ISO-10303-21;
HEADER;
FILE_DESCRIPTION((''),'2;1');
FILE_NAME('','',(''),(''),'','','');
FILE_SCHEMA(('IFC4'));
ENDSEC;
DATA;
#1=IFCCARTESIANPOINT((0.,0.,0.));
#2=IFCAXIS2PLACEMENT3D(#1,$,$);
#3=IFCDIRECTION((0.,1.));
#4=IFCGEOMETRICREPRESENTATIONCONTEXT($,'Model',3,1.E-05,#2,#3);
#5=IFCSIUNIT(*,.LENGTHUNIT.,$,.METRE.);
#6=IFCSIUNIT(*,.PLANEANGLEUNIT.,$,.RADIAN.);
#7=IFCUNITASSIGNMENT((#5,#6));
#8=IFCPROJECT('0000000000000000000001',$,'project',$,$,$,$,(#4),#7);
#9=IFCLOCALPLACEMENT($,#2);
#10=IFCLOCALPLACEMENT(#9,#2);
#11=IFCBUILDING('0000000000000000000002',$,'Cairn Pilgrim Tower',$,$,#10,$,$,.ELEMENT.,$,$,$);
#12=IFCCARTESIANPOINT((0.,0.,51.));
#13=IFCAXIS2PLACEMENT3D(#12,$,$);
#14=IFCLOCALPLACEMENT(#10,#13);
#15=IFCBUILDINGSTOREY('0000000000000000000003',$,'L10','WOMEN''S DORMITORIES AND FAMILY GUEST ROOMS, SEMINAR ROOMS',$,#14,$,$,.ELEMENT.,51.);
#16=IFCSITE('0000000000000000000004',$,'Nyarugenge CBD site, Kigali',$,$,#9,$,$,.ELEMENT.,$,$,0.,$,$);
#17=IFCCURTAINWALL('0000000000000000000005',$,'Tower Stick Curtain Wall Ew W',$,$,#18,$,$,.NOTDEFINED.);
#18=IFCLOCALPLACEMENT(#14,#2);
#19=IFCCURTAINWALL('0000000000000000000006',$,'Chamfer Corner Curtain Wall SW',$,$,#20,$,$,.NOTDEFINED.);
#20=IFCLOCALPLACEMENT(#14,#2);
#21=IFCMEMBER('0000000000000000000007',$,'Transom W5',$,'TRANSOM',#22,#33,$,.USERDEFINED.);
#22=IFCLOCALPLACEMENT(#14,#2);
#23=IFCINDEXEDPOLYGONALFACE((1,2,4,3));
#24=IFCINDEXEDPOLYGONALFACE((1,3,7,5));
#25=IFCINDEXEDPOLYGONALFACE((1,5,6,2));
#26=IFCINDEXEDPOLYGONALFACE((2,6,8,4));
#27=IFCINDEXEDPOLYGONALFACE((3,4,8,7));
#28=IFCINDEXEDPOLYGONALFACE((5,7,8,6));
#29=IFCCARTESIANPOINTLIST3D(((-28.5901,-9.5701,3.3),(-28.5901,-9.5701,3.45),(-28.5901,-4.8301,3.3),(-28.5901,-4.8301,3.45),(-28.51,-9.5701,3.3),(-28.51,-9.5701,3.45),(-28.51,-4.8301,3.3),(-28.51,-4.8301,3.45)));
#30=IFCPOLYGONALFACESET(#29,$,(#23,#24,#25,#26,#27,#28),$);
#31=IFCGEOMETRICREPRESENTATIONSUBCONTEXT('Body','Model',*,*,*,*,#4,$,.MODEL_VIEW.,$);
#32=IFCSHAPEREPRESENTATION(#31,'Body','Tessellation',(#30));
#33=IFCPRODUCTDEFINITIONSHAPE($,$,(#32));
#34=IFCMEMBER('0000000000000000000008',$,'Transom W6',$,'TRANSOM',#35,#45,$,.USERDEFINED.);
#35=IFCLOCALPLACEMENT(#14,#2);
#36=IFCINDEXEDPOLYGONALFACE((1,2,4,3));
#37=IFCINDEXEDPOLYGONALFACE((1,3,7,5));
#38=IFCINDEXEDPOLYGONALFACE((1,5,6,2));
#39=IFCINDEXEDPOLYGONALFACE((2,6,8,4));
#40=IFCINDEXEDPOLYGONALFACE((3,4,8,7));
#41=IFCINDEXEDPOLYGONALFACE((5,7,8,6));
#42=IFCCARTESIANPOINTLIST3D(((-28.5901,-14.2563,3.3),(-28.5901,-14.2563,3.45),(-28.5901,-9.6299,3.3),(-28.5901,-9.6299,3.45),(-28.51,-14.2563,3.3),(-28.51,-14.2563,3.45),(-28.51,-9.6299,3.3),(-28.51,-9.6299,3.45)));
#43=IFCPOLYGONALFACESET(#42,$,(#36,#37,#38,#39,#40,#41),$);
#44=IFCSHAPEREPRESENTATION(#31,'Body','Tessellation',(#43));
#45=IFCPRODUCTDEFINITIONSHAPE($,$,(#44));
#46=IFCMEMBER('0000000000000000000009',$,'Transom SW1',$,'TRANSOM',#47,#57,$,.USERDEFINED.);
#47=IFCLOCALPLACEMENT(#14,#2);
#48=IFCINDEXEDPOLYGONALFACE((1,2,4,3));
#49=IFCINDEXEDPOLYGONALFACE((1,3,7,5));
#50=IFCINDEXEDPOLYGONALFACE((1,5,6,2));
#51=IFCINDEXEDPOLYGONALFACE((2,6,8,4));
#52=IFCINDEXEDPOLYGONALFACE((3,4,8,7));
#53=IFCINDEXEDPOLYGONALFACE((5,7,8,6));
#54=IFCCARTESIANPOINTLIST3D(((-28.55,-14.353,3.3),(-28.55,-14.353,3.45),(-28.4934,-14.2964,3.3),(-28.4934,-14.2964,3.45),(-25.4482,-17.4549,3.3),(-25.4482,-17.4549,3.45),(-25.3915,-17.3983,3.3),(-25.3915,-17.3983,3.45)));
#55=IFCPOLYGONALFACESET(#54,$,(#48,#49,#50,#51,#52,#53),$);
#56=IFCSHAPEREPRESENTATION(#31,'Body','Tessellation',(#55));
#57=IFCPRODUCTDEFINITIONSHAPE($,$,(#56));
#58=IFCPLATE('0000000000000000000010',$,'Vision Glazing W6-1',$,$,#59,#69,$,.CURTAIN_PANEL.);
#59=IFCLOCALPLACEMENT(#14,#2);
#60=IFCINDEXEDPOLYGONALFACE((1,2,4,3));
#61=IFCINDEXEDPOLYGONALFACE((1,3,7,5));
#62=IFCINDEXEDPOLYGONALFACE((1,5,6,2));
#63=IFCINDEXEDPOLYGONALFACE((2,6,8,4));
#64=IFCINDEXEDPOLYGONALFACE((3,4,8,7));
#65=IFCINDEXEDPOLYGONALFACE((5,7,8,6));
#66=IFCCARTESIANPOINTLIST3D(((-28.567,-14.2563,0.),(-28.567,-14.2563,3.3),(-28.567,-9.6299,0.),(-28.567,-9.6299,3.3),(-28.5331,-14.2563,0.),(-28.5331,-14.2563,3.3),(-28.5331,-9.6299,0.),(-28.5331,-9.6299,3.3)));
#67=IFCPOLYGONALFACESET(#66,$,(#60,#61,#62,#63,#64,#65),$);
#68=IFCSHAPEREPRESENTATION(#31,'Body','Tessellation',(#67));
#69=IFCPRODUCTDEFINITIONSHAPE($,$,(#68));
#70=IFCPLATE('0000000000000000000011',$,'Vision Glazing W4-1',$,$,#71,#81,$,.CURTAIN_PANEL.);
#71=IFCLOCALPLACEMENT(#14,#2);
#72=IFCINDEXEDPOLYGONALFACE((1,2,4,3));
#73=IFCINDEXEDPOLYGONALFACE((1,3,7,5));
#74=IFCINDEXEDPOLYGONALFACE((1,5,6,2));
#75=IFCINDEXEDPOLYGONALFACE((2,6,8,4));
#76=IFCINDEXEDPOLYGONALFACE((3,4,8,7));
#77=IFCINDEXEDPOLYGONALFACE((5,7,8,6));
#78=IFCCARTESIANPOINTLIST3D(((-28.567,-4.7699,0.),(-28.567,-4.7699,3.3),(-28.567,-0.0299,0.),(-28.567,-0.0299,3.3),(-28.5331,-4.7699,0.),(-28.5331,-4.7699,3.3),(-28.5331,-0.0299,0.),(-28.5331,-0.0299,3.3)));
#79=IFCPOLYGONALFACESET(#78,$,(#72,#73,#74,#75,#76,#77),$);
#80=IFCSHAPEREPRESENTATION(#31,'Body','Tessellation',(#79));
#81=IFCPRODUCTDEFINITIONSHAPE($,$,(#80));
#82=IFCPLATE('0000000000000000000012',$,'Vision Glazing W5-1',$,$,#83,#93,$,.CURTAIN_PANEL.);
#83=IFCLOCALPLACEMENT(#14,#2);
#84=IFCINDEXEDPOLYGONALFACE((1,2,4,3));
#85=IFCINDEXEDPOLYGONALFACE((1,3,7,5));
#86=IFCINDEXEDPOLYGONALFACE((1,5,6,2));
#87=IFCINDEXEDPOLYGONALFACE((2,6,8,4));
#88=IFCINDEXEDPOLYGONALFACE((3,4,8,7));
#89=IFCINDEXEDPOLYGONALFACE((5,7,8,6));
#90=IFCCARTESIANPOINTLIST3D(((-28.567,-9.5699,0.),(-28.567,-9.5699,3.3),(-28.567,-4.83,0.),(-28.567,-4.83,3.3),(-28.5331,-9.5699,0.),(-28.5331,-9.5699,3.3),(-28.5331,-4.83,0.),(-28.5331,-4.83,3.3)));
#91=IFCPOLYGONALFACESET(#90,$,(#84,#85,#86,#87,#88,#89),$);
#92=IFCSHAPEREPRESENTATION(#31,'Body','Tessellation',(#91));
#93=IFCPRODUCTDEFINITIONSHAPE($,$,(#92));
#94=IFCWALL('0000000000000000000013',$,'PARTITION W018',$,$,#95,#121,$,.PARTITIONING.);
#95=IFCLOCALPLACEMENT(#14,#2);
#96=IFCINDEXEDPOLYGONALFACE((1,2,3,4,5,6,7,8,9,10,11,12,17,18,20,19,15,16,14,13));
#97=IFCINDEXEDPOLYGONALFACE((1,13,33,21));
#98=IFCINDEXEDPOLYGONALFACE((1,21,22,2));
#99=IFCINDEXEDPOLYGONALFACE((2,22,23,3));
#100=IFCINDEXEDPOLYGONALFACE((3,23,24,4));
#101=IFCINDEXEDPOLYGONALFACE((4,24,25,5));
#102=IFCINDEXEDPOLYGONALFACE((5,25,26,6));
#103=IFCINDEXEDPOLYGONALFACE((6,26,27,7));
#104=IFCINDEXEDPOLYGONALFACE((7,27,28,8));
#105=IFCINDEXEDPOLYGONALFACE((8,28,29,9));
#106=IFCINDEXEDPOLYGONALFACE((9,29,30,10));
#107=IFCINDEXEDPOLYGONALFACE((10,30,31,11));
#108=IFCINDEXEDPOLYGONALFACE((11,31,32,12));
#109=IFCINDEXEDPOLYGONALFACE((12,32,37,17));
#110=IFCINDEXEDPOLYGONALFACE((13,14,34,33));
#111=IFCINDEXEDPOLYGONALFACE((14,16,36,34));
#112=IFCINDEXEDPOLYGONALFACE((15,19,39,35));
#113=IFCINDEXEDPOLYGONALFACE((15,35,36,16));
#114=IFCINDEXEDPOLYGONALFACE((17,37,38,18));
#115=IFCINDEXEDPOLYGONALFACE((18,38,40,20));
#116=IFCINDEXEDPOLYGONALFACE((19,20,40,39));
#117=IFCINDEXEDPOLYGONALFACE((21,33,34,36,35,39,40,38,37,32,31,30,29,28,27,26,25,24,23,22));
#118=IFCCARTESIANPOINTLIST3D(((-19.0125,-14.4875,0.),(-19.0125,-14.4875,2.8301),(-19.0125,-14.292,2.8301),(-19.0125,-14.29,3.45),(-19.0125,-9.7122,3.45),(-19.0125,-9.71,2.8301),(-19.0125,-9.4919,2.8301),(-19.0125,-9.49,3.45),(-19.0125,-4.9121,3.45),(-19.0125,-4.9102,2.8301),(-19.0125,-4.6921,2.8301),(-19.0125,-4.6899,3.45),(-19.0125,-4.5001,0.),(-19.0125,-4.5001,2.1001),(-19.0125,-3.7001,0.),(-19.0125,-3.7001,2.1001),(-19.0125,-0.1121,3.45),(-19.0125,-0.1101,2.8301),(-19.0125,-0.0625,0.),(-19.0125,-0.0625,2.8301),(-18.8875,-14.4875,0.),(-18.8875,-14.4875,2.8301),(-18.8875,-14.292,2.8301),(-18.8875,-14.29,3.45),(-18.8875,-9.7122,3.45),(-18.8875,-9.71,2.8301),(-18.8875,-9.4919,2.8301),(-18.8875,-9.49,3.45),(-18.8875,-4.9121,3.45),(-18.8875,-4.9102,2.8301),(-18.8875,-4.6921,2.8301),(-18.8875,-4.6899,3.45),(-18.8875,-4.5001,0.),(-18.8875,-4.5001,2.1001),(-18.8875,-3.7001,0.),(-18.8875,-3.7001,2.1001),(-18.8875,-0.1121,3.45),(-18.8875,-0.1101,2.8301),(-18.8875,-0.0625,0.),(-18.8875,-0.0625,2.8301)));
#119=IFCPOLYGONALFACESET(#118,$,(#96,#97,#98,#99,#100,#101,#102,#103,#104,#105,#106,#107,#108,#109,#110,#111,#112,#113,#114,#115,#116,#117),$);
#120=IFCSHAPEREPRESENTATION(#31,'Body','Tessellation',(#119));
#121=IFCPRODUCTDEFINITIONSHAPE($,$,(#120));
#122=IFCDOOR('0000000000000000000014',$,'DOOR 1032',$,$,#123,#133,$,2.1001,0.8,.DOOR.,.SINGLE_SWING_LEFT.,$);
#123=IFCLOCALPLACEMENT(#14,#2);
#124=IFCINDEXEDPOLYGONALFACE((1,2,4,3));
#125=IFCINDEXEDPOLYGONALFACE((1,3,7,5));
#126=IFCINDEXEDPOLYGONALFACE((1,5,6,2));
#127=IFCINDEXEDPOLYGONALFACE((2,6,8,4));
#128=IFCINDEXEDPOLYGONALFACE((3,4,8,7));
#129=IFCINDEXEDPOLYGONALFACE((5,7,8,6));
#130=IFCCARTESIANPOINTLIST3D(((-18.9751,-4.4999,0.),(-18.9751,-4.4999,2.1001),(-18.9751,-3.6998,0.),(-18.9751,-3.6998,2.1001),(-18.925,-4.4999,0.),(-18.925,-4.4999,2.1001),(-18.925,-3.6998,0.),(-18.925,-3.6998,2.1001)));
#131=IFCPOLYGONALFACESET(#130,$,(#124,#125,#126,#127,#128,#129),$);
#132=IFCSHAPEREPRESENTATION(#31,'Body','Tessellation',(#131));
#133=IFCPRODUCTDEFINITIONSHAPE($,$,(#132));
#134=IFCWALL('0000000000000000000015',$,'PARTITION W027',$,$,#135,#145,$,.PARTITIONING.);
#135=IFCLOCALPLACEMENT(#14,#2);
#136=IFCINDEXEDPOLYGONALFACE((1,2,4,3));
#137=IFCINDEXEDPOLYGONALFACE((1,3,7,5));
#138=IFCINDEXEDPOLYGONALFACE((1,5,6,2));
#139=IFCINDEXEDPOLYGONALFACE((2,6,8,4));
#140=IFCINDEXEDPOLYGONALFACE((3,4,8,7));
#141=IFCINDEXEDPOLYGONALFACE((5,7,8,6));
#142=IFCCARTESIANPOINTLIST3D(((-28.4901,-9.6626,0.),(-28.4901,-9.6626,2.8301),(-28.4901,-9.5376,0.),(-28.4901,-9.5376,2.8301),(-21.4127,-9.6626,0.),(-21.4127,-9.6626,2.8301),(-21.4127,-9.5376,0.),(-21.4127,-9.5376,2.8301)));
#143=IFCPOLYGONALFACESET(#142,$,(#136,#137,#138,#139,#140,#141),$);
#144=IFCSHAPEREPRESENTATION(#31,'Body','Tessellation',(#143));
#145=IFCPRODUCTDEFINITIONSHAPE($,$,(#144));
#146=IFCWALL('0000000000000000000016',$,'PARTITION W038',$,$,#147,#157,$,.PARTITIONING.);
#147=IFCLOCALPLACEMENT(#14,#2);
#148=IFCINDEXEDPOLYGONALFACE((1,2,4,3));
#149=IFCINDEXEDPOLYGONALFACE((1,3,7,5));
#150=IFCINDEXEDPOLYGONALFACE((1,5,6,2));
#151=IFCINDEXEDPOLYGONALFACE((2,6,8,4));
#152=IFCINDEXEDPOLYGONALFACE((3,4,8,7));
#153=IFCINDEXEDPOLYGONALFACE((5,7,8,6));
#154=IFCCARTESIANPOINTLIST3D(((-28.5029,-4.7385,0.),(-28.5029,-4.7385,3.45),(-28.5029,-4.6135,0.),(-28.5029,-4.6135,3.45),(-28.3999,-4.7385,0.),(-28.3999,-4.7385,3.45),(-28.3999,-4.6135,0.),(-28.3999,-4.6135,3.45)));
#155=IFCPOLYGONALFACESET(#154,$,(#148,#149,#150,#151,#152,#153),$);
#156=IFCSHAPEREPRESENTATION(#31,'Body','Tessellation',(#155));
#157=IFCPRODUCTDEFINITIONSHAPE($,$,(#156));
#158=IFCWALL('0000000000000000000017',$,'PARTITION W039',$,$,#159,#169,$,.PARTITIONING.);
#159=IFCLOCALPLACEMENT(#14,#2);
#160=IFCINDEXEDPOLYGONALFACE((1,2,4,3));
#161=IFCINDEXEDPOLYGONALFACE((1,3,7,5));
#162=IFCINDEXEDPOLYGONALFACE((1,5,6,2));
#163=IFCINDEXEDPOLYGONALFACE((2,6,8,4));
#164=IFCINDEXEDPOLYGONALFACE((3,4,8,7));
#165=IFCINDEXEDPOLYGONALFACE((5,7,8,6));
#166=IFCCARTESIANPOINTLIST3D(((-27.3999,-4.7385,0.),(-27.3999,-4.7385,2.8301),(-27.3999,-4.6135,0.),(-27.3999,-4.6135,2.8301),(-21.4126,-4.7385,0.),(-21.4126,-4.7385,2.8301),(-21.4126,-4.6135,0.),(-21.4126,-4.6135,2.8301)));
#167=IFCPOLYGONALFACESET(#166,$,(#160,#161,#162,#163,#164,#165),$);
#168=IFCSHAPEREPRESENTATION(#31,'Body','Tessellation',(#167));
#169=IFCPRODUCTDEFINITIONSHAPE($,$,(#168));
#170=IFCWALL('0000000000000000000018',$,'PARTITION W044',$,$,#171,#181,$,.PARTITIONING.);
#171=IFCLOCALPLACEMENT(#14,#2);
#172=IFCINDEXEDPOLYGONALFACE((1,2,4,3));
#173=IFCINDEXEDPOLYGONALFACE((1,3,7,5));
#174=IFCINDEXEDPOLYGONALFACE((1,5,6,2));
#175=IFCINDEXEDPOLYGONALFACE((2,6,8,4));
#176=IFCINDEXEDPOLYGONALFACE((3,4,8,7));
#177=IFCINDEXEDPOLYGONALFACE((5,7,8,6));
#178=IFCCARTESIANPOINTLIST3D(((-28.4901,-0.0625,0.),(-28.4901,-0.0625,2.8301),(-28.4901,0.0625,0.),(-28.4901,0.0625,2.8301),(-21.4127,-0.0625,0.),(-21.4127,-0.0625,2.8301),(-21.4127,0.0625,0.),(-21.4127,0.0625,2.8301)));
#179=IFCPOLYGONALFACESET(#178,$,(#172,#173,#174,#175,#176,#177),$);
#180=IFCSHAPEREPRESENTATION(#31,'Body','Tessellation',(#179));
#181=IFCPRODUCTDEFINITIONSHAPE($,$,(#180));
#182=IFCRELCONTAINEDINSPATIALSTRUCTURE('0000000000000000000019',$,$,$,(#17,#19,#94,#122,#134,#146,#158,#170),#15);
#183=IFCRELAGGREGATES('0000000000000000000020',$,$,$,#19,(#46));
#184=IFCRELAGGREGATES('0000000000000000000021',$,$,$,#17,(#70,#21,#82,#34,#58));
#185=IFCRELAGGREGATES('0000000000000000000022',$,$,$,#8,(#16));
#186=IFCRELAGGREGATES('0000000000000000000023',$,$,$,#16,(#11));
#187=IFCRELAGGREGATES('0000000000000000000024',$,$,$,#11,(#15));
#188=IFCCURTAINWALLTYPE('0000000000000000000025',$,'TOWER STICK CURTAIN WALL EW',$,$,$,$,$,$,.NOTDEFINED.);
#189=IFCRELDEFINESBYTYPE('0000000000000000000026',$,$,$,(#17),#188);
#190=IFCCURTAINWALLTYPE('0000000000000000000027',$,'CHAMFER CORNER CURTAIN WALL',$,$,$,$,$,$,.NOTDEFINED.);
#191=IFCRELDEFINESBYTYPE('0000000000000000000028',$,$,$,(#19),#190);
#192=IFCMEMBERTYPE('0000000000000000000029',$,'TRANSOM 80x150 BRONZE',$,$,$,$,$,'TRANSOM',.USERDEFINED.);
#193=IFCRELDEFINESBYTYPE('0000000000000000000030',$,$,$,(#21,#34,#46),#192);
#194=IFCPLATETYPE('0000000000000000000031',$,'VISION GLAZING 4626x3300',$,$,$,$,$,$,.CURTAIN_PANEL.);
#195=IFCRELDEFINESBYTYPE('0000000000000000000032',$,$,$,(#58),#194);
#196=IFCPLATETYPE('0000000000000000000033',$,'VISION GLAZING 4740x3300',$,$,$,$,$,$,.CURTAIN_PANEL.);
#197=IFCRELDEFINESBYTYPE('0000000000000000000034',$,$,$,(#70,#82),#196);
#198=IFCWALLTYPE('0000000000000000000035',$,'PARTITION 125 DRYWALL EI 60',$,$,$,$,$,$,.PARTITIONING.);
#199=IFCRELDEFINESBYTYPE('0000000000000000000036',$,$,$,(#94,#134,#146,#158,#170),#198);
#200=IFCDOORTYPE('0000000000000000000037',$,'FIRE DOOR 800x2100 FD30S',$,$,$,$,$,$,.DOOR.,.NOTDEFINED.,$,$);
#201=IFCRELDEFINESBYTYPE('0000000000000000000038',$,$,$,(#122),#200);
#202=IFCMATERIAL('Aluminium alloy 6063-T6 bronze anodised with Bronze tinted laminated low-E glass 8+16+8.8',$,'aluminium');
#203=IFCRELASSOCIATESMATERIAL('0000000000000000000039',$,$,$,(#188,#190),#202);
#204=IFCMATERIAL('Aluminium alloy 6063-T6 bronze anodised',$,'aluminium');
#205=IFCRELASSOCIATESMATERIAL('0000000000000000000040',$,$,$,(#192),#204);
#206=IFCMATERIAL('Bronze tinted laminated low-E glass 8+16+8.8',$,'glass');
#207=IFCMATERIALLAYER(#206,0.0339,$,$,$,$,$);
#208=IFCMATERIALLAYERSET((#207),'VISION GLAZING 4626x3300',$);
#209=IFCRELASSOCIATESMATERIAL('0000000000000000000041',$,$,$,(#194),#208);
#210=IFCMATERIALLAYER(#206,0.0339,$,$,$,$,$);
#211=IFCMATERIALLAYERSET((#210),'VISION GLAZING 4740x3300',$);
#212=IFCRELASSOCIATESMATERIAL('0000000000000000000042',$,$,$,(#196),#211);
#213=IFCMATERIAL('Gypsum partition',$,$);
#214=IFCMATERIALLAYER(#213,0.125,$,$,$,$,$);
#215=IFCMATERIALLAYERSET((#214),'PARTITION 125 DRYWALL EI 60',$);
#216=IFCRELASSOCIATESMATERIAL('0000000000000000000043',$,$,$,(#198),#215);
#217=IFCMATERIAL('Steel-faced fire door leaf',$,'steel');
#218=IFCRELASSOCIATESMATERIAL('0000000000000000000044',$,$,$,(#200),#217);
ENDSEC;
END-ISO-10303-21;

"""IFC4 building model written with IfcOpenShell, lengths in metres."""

from ifc_helpers import new_model, si_unit, direction, frame, frame_2d, origin, origin_2d, place, context, subcontext, project, spatial, polyline, rectangle, outline, extrude, material, layer, layer_set, material_profile, profile_set, type_object, element, fill, aggregate, save


model = new_model("IFC4")

# Units and contexts
model_context = context("Model", 3, precision=1e-05, world=origin(), true_north=direction((0.0, 1.0)))
body_context = subcontext(model_context, "Body", "Model", "MODEL_VIEW")
ifc_project = project(units=[si_unit("LENGTHUNIT", "METRE"), si_unit("PLANEANGLEUNIT", "RADIAN")], contexts=[model_context])

# Site, building, storey
site_placement = place(None, origin())
site = spatial("IfcSite", under=ifc_project, at=site_placement, Name="Nyarugenge CBD site, Kigali", CompositionType="ELEMENT", RefElevation=0.0)
building_placement = place(site_placement, origin())
building = spatial("IfcBuilding", under=site, at=building_placement, Name="Cairn Pilgrim Tower", CompositionType="ELEMENT")
storey_placement = place(building_placement, frame((0.0, 0.0, 51.0)))
storey = spatial("IfcBuildingStorey", under=building, at=storey_placement, Name="L10", Description="WOMEN'S DORMITORIES AND FAMILY GUEST ROOMS, SEMINAR ROOMS", CompositionType="ELEMENT", Elevation=51.0)

# Curtain wall
ifc_material_1 = material(Name="Aluminium alloy 6063-T6 bronze anodised with Bronze tinted laminated low-E glass 8+16+8.8", Category="aluminium")
curtain_wall_type_1 = type_object("IfcCurtainWallType", Name="TOWER STICK CURTAIN WALL EW", PredefinedType="NOTDEFINED", material=ifc_material_1)
curtain_wall_1_placement = place(storey_placement, origin())
curtain_wall_1 = element("IfcCurtainWall", 1, at=curtain_wall_1_placement, inside=storey, type_object=curtain_wall_type_1, Name="Tower Stick Curtain Wall Ew W", PredefinedType="NOTDEFINED")
ifc_material_2 = material(Name="Aluminium alloy 6063-T6 bronze anodised", Category="aluminium")

# Curtain wall
curtain_wall_type_2 = type_object("IfcCurtainWallType", Name="CHAMFER CORNER CURTAIN WALL", PredefinedType="NOTDEFINED", material=ifc_material_1)
curtain_wall_2_placement = place(storey_placement, origin())
curtain_wall_2 = element("IfcCurtainWall", 2, at=curtain_wall_2_placement, inside=storey, type_object=curtain_wall_type_2, Name="Chamfer Corner Curtain Wall SW", PredefinedType="NOTDEFINED")

# Members
ifc_material_profile_1 = material_profile(ifc_material_2, rectangle(XDim=0.0801, YDim=0.1499, at=origin_2d()), Name="TRANSOM 80x150 BRONZE")
ifc_profile_set_1 = profile_set([ifc_material_profile_1], Name="Aluminium alloy 6063-T6 bronze anodised")
member_type_1 = type_object("IfcMemberType", Name="TRANSOM 80x150 BRONZE", ElementType="TRANSOM", PredefinedType="USERDEFINED", material=ifc_profile_set_1)
member_1_placement = place(storey_placement, frame((-28.55, -4.8301, 3.375), z_axis=(0.0, -1.0, 0.0), x_axis=(1.0, 0.0, 0.0)))
member_1 = element("IfcMember", 3, at=member_1_placement, type_object=member_type_1, Name="Transom W5", ObjectType="TRANSOM", PredefinedType="USERDEFINED", context=body_context, shape_type="SweptSolid", body=[
    extrude(rectangle(XDim=0.0801, YDim=0.1499, at=origin_2d()), origin(), (0.0, 0.0, 1.0), 4.74),
])
member_2_placement = place(storey_placement, frame((-28.55, -9.6299, 3.375), z_axis=(0.0, -1.0, 0.0), x_axis=(1.0, 0.0, 0.0)))
member_2 = element("IfcMember", 4, at=member_2_placement, type_object=member_type_1, Name="Transom W6", ObjectType="TRANSOM", PredefinedType="USERDEFINED", context=body_context, shape_type="SweptSolid", body=[
    extrude(rectangle(XDim=0.0801, YDim=0.1499, at=origin_2d()), origin(), (0.0, 0.0, 1.0), 4.6265),
])
member_3_placement = place(storey_placement, frame((-28.5217, -14.3247, 3.375), z_axis=(0.707107, -0.707107, 0.0), x_axis=(0.707107, 0.707107, 0.0)))
member_3 = element("IfcMember", 5, at=member_3_placement, type_object=member_type_1, Name="Transom SW1", ObjectType="TRANSOM", PredefinedType="USERDEFINED", context=body_context, shape_type="SweptSolid", body=[
    extrude(rectangle(XDim=0.0801, YDim=0.1499, at=origin_2d()), origin(), (0.0, 0.0, 1.0), 4.3867),
])
aggregate(curtain_wall_2, [member_3])

# Plates
ifc_material_3 = material(Name="Bronze tinted laminated low-E glass 8+16+8.8", Category="glass")
ifc_layer_1 = layer(ifc_material_3, 0.0339)
ifc_layer_set_1 = layer_set([ifc_layer_1], Name="VISION GLAZING 4626x3300")
plate_type_1 = type_object("IfcPlateType", Name="VISION GLAZING 4626x3300", PredefinedType="CURTAIN_PANEL", material=ifc_layer_set_1)
plate_1_placement = place(storey_placement, frame((-28.55, -11.9431, 0.0), z_axis=(0.0, 0.0, 1.0), x_axis=(0.0, -1.0, 0.0)))
plate_1 = element("IfcPlate", 6, at=plate_1_placement, type_object=plate_type_1, Name="Vision Glazing W6-1", PredefinedType="CURTAIN_PANEL", context=body_context, shape_type="SweptSolid", body=[
    extrude(rectangle(XDim=4.6265, YDim=0.0339, at=origin_2d()), origin(), (0.0, 0.0, 1.0), 3.3),
])
ifc_layer_2 = layer(ifc_material_3, 0.0339)
ifc_layer_set_2 = layer_set([ifc_layer_2], Name="VISION GLAZING 4740x3300")
plate_type_2 = type_object("IfcPlateType", Name="VISION GLAZING 4740x3300", PredefinedType="CURTAIN_PANEL", material=ifc_layer_set_2)
plate_2_placement = place(storey_placement, frame((-28.55, -2.3999, 0.0), z_axis=(0.0, 0.0, 1.0), x_axis=(0.0, -1.0, 0.0)))
plate_2 = element("IfcPlate", 7, at=plate_2_placement, type_object=plate_type_2, Name="Vision Glazing W4-1", PredefinedType="CURTAIN_PANEL", context=body_context, shape_type="SweptSolid", body=[
    extrude(rectangle(XDim=4.74, YDim=0.0339, at=origin_2d()), origin(), (0.0, 0.0, 1.0), 3.3),
])
plate_3_placement = place(storey_placement, frame((-28.55, -7.2, 0.0), z_axis=(0.0, 0.0, 1.0), x_axis=(0.0, -1.0, 0.0)))
plate_3 = element("IfcPlate", 8, at=plate_3_placement, type_object=plate_type_2, Name="Vision Glazing W5-1", PredefinedType="CURTAIN_PANEL", context=body_context, shape_type="SweptSolid", body=[
    extrude(rectangle(XDim=4.74, YDim=0.0339, at=origin_2d()), origin(), (0.0, 0.0, 1.0), 3.3),
])
aggregate(curtain_wall_1, [plate_2, member_1, plate_3, member_2, plate_1])

# Wall, opening, door
ifc_material_4 = material(Name="Gypsum partition")
ifc_layer_3 = layer(ifc_material_4, 0.125)
ifc_layer_set_3 = layer_set([ifc_layer_3], Name="PARTITION 125 DRYWALL EI 60")
wall_type_1 = type_object("IfcWallType", Name="PARTITION 125 DRYWALL EI 60", PredefinedType="PARTITIONING", material=ifc_layer_set_3)
wall_1_placement = place(storey_placement, frame((-18.95, -14.4875, 0.0), z_axis=(0.0, 0.0, 1.0), x_axis=(0.0, 1.0, 0.0)))
wall_1 = element("IfcWall", 9, at=wall_1_placement, inside=storey, type_object=wall_type_1, Name="PARTITION W018", PredefinedType="PARTITIONING", context=body_context, shape_type="SweptSolid", body=[
    extrude(outline(polyline([(0.0, 0.0), (14.425, 0.0), (14.425, 2.8301), (14.3774, 2.8301), (14.3755, 3.45), (9.7976, 3.45), (9.7954, 2.8301), (9.5774, 2.8301), (9.5754, 3.45), (4.9976, 3.45), (4.9956, 2.8301), (4.7776, 2.8301), (4.7754, 3.45), (0.1975, 3.45), (0.1956, 2.8301), (0.0, 2.8301), (0.0, 0.0)])), frame((0.0, 0.0625, 0.0), z_axis=(0.0, -1.0, 0.0), x_axis=(1.0, 0.0, 0.0)), (0.0, 0.0, 1.0), 0.125),
])
opening_placement = place(wall_1_placement, frame((9.9875, 0.0, 0.0)))
opening = element("IfcOpeningElement", 10, at=opening_placement, cuts=wall_1, PredefinedType="OPENING", context=body_context, shape_type="SweptSolid", body=[
    extrude(rectangle(XDim=0.8, YDim=2.1001, at=frame_2d((0.3999, 1.05))), frame((0.0, 0.0725, 0.0), z_axis=(0.0, -1.0, 0.0), x_axis=(1.0, 0.0, 0.0)), (0.0, 0.0, 1.0), 0.145),
])
ifc_material_5 = material(Name="Steel-faced fire door leaf", Category="steel")
door_type = type_object("IfcDoorType", Name="FIRE DOOR 800x2100 FD30S", OperationType="NOTDEFINED", PredefinedType="DOOR", material=ifc_material_5)
door_placement = place(opening_placement, frame((0.8, 0.0, 0.0), z_axis=(0.0, 0.0, 1.0), x_axis=(-1.0, 0.0, 0.0)))
door = element("IfcDoor", 11, at=door_placement, inside=storey, type_object=door_type, Name="DOOR 1032", OperationType="SINGLE_SWING_LEFT", OverallHeight=2.1001, OverallWidth=0.8, PredefinedType="DOOR", context=body_context, shape_type="SweptSolid", body=[
    extrude(rectangle(XDim=0.8, YDim=2.1001, at=frame_2d((0.3999, 1.05))), frame((0.0, 0.0249, 0.0), z_axis=(0.0, -1.0, 0.0), x_axis=(1.0, 0.0, 0.0)), (0.0, 0.0, 1.0), 0.05),
])
fill(opening, door)

# Walls
wall_2_placement = place(storey_placement, frame((-28.49, -9.6001, 0.0), z_axis=(0.0, 0.0, 1.0), x_axis=(1.0, 0.0, 0.0)))
element("IfcWall", 12, at=wall_2_placement, inside=storey, type_object=wall_type_1, Name="PARTITION W027", PredefinedType="PARTITIONING", context=body_context, shape_type="SweptSolid", body=[
    extrude(rectangle(XDim=7.0774, YDim=0.125, at=frame_2d((3.5386, 0.0))), origin(), (0.0, 0.0, 1.0), 2.8301),
])
wall_3_placement = place(storey_placement, frame((-28.5029, -4.676, 0.0), z_axis=(0.0, 0.0, 1.0), x_axis=(1.0, 0.0, 0.0)))
element("IfcWall", 13, at=wall_3_placement, inside=storey, type_object=wall_type_1, Name="PARTITION W038", PredefinedType="PARTITIONING", context=body_context, shape_type="SweptSolid", body=[
    extrude(rectangle(XDim=0.103, YDim=0.125, at=frame_2d((0.0515, 0.0))), origin(), (0.0, 0.0, 1.0), 3.45),
])
wall_4_placement = place(storey_placement, frame((-27.3999, -4.676, 0.0), z_axis=(0.0, 0.0, 1.0), x_axis=(1.0, 0.0, 0.0)))
element("IfcWall", 14, at=wall_4_placement, inside=storey, type_object=wall_type_1, Name="PARTITION W039", PredefinedType="PARTITIONING", context=body_context, shape_type="SweptSolid", body=[
    extrude(rectangle(XDim=5.9873, YDim=0.125, at=frame_2d((2.9937, 0.0))), origin(), (0.0, 0.0, 1.0), 2.8301),
])
wall_5_placement = place(storey_placement, frame((-28.49, 0.0, 0.0), z_axis=(0.0, 0.0, 1.0), x_axis=(1.0, 0.0, 0.0)))
element("IfcWall", 15, at=wall_5_placement, inside=storey, type_object=wall_type_1, Name="PARTITION W044", PredefinedType="PARTITIONING", context=body_context, shape_type="SweptSolid", body=[
    extrude(rectangle(XDim=7.0774, YDim=0.125, at=frame_2d((3.5386, 0.0))), origin(), (0.0, 0.0, 1.0), 2.8301),
])

save(model, "model.ifc")
